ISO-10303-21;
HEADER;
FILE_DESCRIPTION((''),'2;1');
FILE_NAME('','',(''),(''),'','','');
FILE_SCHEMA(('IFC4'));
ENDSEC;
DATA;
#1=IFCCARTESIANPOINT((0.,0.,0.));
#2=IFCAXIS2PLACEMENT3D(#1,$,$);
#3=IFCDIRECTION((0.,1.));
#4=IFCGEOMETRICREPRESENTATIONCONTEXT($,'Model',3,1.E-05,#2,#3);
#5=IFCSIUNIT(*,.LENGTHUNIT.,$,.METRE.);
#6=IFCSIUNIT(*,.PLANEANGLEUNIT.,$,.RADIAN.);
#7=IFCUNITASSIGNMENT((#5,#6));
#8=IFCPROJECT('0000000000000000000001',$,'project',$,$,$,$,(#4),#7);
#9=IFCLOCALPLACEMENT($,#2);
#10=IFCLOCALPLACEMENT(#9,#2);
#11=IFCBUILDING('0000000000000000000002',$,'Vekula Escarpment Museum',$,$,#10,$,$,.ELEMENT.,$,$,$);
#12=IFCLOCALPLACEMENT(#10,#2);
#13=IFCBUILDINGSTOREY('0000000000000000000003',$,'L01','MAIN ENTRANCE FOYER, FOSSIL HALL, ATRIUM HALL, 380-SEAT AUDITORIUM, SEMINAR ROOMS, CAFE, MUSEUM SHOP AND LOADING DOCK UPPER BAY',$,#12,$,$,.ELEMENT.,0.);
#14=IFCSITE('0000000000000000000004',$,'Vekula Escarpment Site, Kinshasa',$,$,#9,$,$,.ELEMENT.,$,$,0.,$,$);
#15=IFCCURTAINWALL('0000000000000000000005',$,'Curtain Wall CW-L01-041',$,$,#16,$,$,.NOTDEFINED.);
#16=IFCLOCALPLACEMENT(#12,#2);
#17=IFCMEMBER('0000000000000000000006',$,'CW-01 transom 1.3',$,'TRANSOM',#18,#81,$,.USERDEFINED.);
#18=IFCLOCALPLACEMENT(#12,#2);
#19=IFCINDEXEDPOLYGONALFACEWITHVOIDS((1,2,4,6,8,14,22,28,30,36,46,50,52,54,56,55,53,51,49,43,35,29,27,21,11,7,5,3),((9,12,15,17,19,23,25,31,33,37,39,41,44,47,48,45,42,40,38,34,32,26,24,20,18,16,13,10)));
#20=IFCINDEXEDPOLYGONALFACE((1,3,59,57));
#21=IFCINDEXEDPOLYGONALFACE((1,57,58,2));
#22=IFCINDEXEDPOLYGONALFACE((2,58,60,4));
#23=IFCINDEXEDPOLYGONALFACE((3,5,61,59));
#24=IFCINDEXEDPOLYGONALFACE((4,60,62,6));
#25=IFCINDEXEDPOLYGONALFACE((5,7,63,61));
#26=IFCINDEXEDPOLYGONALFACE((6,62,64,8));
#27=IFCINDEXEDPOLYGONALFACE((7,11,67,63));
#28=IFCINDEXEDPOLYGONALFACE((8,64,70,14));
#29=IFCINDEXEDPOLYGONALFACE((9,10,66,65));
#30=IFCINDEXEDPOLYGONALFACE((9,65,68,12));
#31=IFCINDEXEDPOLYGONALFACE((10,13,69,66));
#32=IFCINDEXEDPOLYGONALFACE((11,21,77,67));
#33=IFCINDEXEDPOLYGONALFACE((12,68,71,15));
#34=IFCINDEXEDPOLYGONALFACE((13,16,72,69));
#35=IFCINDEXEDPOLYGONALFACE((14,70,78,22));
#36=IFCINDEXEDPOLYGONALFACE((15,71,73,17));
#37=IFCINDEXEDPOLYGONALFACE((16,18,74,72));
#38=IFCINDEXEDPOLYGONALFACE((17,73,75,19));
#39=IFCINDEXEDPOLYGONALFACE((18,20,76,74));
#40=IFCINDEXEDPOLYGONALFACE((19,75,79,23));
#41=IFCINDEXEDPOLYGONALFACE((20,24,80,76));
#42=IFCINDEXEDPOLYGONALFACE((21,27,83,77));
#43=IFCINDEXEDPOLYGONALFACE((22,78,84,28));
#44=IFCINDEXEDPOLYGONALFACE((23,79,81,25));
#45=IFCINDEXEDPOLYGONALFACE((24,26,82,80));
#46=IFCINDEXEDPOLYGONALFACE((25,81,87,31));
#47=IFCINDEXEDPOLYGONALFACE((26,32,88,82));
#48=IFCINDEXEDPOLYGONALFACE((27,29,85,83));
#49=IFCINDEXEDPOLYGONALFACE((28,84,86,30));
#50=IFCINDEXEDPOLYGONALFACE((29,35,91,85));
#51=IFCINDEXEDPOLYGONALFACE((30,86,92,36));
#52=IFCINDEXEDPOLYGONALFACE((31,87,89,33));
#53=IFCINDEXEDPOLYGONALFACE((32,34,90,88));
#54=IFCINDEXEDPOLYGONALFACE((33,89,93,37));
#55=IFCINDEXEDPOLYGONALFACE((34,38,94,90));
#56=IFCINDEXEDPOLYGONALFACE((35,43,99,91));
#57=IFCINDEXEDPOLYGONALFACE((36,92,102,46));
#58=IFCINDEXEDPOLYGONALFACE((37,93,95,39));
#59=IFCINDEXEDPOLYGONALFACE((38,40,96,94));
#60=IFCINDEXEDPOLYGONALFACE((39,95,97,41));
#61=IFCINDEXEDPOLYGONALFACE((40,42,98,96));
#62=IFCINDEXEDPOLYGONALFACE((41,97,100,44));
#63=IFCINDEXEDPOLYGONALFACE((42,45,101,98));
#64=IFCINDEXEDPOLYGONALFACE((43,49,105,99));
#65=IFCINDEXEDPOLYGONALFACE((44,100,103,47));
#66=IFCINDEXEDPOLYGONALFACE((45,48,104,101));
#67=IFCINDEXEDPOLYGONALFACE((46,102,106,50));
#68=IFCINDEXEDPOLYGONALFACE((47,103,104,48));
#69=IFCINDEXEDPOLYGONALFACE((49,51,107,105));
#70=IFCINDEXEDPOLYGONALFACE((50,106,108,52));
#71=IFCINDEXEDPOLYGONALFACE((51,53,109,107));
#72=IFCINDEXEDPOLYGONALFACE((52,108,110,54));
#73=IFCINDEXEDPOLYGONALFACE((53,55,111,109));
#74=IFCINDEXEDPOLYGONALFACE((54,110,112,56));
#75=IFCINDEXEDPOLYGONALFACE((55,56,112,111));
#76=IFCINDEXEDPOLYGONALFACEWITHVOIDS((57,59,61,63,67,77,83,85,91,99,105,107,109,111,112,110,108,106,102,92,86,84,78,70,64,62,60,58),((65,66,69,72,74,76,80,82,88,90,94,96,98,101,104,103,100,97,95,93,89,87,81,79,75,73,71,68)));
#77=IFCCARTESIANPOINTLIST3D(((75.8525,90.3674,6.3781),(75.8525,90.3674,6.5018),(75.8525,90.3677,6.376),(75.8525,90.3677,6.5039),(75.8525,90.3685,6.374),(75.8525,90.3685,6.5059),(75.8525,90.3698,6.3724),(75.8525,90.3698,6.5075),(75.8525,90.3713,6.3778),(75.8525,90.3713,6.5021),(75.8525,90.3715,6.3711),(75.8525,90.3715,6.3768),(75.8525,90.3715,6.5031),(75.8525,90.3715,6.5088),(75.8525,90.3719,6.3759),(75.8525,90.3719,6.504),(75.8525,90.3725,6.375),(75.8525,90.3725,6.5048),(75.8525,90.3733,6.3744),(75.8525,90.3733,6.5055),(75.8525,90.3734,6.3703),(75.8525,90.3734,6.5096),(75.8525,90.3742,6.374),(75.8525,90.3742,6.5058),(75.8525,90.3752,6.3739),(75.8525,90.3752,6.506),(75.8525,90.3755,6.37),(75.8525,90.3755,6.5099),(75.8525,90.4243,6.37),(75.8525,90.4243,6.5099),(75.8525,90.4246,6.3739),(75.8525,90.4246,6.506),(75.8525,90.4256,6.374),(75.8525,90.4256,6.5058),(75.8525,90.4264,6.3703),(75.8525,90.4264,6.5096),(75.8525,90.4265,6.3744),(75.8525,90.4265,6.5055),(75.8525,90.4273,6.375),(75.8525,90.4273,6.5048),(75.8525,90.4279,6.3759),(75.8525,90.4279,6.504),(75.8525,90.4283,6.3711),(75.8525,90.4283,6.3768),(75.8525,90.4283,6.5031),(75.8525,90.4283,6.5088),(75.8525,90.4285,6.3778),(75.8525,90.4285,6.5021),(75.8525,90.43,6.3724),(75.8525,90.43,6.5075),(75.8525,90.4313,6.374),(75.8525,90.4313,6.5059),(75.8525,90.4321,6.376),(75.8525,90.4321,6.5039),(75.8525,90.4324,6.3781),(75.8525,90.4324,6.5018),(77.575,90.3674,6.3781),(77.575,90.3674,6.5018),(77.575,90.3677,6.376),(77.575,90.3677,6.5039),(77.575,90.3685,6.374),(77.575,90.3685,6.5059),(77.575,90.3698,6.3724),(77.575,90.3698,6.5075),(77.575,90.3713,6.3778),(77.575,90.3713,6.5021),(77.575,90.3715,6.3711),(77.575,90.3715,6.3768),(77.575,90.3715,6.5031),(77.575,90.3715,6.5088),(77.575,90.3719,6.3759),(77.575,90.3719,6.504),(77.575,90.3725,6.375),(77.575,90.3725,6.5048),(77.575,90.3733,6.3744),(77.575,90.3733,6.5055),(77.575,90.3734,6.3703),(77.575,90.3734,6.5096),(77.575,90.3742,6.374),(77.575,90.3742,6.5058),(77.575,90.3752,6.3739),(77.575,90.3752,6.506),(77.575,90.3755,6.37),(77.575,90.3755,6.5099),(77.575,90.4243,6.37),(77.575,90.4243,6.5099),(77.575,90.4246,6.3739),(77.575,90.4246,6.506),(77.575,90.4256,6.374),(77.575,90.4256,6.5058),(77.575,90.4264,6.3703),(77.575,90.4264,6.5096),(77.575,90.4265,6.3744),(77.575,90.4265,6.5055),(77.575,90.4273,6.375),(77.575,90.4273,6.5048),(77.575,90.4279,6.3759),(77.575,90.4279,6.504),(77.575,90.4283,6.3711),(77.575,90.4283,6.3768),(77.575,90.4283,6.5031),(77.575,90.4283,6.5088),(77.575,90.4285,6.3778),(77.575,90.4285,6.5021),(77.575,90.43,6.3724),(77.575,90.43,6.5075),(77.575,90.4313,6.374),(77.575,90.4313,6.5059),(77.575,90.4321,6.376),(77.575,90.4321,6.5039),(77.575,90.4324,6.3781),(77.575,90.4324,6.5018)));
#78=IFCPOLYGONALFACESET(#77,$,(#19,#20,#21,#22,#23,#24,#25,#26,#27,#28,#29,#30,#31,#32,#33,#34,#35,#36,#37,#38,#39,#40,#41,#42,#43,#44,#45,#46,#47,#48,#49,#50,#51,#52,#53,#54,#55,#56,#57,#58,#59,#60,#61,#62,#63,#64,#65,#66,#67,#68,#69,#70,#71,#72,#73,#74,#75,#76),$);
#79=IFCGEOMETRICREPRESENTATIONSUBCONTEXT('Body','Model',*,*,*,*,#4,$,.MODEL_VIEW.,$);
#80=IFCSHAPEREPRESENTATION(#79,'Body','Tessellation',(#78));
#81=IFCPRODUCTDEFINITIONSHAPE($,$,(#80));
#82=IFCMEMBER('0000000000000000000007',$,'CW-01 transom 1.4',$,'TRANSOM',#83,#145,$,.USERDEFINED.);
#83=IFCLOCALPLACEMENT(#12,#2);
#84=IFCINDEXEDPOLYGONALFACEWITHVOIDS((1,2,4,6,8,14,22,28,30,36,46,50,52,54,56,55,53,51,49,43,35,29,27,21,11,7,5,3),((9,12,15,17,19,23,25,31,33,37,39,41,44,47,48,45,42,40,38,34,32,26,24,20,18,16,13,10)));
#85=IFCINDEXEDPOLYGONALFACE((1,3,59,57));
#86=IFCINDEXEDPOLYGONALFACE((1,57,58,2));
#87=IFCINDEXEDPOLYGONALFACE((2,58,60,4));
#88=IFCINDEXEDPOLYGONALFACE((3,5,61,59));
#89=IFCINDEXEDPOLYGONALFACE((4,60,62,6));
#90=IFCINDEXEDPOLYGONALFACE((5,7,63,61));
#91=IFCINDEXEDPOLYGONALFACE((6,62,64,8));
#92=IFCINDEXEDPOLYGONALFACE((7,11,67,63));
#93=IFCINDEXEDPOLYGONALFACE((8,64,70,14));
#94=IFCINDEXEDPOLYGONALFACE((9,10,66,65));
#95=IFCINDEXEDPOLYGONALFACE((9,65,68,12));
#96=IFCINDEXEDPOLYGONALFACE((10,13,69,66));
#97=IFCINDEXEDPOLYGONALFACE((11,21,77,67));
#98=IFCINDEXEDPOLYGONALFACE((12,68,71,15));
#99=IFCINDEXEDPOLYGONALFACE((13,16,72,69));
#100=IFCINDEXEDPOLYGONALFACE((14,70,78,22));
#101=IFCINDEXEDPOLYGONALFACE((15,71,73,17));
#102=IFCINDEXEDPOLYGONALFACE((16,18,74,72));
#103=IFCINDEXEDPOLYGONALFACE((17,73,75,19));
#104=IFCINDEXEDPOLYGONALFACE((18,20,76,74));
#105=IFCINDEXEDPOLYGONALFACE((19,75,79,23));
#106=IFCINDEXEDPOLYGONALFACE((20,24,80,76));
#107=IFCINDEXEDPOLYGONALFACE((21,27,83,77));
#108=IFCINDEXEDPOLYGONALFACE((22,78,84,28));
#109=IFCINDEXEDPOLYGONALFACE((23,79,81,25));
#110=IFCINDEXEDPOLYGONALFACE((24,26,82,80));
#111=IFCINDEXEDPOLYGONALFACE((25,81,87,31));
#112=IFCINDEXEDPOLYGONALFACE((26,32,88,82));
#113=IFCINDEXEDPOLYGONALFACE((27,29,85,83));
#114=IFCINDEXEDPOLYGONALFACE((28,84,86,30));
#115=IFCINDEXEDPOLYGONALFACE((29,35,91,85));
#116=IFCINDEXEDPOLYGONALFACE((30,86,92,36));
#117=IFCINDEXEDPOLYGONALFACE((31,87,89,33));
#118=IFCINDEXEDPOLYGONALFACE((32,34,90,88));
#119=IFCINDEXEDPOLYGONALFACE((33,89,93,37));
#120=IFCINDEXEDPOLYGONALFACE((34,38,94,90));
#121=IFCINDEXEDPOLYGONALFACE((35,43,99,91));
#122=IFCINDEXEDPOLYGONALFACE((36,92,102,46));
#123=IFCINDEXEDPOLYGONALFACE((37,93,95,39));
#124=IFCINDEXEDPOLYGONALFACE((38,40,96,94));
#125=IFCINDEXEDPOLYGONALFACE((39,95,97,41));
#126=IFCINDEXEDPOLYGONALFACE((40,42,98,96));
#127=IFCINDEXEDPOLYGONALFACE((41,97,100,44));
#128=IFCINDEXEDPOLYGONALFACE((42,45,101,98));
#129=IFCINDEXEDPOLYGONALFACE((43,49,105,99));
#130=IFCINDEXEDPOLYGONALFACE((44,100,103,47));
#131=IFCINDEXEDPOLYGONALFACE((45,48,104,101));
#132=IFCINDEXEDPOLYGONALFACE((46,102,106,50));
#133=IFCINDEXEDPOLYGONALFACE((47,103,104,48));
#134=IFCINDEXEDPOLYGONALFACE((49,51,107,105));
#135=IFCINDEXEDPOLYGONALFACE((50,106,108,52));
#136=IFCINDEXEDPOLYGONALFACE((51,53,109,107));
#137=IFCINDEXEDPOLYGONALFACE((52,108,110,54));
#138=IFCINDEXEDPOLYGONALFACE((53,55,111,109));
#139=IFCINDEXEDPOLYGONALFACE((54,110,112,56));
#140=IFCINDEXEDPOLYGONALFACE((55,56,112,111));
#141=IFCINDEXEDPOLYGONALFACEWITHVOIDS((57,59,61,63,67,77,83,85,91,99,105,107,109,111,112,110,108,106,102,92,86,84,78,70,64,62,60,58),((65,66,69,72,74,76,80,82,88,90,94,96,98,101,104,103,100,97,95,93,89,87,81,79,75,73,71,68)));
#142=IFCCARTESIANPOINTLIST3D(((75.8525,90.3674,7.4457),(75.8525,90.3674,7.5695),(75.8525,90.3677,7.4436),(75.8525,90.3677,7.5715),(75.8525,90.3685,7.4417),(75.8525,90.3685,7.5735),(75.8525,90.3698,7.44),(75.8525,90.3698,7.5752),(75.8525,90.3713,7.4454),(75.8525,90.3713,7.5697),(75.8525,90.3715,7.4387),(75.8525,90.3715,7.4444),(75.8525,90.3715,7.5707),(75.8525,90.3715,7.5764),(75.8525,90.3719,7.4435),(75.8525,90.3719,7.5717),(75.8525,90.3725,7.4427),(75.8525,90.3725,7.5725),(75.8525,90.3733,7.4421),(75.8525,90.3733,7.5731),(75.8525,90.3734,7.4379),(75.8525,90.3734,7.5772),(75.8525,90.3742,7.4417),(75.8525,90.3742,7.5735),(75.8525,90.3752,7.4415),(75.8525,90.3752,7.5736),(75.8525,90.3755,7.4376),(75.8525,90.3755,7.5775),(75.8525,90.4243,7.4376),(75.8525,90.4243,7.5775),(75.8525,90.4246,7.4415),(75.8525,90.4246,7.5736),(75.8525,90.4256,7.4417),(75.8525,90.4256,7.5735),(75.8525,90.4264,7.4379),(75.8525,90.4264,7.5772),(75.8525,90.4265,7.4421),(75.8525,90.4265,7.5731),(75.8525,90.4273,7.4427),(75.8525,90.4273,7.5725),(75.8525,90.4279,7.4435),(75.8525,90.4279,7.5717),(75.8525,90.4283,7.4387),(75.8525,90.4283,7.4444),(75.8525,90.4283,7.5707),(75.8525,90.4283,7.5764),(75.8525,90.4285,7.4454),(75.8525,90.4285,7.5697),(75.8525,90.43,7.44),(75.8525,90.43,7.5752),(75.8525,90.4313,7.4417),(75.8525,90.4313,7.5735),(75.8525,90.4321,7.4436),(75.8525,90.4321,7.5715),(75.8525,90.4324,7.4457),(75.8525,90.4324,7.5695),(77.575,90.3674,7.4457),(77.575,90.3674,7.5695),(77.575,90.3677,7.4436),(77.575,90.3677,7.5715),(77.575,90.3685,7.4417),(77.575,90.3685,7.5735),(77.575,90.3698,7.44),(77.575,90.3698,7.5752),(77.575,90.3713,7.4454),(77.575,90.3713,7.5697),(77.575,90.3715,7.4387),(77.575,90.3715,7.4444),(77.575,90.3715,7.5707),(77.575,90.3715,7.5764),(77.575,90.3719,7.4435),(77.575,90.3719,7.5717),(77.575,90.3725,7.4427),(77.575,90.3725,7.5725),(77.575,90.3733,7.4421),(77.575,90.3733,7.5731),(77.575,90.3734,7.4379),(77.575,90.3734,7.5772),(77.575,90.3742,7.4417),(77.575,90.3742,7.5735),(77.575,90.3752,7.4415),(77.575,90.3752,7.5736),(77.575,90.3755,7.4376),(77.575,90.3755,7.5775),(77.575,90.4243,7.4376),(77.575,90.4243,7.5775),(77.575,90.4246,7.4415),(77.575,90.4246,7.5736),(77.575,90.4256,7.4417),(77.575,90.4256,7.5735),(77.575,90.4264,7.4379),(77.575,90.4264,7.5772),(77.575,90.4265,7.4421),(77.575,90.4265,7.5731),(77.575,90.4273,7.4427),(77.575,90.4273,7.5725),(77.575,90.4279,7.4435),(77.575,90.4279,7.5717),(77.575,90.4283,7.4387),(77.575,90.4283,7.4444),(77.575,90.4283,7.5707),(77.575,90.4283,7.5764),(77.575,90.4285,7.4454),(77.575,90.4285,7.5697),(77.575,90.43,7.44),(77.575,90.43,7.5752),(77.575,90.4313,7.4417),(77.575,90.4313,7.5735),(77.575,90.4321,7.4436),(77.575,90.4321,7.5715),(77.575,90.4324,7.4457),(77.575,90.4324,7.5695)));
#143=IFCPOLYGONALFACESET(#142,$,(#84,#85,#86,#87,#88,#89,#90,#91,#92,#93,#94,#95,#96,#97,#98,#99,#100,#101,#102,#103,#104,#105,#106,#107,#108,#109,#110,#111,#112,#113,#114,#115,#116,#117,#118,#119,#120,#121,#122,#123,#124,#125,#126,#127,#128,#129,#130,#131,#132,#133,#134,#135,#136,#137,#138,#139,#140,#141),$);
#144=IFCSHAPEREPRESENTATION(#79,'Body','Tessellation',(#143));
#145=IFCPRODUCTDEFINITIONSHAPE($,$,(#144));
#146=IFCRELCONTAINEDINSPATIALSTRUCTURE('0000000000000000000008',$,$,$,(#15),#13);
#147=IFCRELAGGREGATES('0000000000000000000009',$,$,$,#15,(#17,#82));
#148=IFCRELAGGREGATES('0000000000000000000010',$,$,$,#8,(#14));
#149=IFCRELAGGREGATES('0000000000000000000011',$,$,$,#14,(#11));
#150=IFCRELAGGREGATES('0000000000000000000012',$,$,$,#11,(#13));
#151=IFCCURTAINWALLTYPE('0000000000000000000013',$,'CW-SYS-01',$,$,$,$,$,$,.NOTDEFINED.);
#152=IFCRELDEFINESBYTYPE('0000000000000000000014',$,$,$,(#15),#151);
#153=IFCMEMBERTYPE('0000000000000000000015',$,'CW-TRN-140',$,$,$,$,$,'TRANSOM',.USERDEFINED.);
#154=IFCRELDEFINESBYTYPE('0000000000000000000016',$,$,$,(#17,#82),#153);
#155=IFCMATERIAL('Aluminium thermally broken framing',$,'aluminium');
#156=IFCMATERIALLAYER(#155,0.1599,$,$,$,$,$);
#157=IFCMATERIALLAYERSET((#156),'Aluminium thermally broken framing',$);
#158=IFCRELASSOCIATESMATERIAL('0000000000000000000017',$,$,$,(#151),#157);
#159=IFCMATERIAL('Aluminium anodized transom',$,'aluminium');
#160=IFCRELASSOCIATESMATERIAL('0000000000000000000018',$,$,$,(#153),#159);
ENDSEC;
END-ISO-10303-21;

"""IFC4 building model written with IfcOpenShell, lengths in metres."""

from ifc_helpers import new_model, si_unit, direction, frame, origin, origin_2d, place, context, subcontext, project, spatial, hollow_rectangle, extrude, material, layer, layer_set, material_profile, profile_set, type_object, element, aggregate, save


model = new_model("IFC4")

# Units and contexts
model_context = context("Model", 3, precision=1e-05, world=origin(), true_north=direction((0.0, 1.0)))
body_context = subcontext(model_context, "Body", "Model", "MODEL_VIEW")
ifc_project = project(units=[si_unit("LENGTHUNIT", "METRE"), si_unit("PLANEANGLEUNIT", "RADIAN")], contexts=[model_context])

# Site, building, storey
site_placement = place(None, origin())
site = spatial("IfcSite", under=ifc_project, at=site_placement, Name="Vekula Escarpment Site, Kinshasa", CompositionType="ELEMENT", RefElevation=0.0)
building_placement = place(site_placement, origin())
building = spatial("IfcBuilding", under=site, at=building_placement, Name="Vekula Escarpment Museum", CompositionType="ELEMENT")
storey_placement = place(building_placement, origin())
storey = spatial("IfcBuildingStorey", under=building, at=storey_placement, Name="L01", Description="MAIN ENTRANCE FOYER, FOSSIL HALL, ATRIUM HALL, 380-SEAT AUDITORIUM, SEMINAR ROOMS, CAFE, MUSEUM SHOP AND LOADING DOCK UPPER BAY", CompositionType="ELEMENT", Elevation=0.0)

# Curtain wall, members
ifc_material_1 = material(Name="Aluminium thermally broken framing", Category="aluminium")
ifc_layer_1 = layer(ifc_material_1, 0.1599)
ifc_layer_set_1 = layer_set([ifc_layer_1], Name="Aluminium thermally broken framing")
curtain_wall_type = type_object("IfcCurtainWallType", Name="CW-SYS-01", PredefinedType="NOTDEFINED", material=ifc_layer_set_1)
curtain_wall_placement = place(storey_placement, origin())
curtain_wall = element("IfcCurtainWall", 1, at=curtain_wall_placement, inside=storey, type_object=curtain_wall_type, Name="Curtain Wall CW-L01-041", PredefinedType="NOTDEFINED")
ifc_material_2 = material(Name="Aluminium anodized transom", Category="aluminium")
ifc_material_profile_1 = material_profile(ifc_material_2, hollow_rectangle(XDim=0.0649, YDim=0.1399, WallThickness=0.0039, InnerFilletRadius=0.0039, OuterFilletRadius=0.0081, at=origin_2d()), Name="ALU 140x65x4")
ifc_profile_set_1 = profile_set([ifc_material_profile_1], Name="Aluminium anodized transom")
member_type_1 = type_object("IfcMemberType", Name="CW-TRN-140", ElementType="TRANSOM", PredefinedType="USERDEFINED", material=ifc_profile_set_1)
member_1_placement = place(storey_placement, frame((77.575, 90.3999, 6.4399), z_axis=(-1.0, 0.0, 0.0), x_axis=(0.0, -1.0, 0.0)))
member_1 = element("IfcMember", 2, at=member_1_placement, type_object=member_type_1, Name="CW-01 transom 1.3", ObjectType="TRANSOM", PredefinedType="USERDEFINED", context=body_context, shape_type="SweptSolid", body=[
    extrude(hollow_rectangle(XDim=0.0649, YDim=0.1399, WallThickness=0.0039, InnerFilletRadius=0.0039, OuterFilletRadius=0.0081, at=origin_2d()), origin(), (0.0, 0.0, 1.0), 1.7224),
])
member_2_placement = place(storey_placement, frame((77.575, 90.3999, 7.5076), z_axis=(-1.0, 0.0, 0.0), x_axis=(0.0, -1.0, 0.0)))
member_2 = element("IfcMember", 3, at=member_2_placement, type_object=member_type_1, Name="CW-01 transom 1.4", ObjectType="TRANSOM", PredefinedType="USERDEFINED", context=body_context, shape_type="SweptSolid", body=[
    extrude(hollow_rectangle(XDim=0.0649, YDim=0.1399, WallThickness=0.0039, InnerFilletRadius=0.0039, OuterFilletRadius=0.0081, at=origin_2d()), origin(), (0.0, 0.0, 1.0), 1.7224),
])

aggregate(curtain_wall, [member_1, member_2])

save(model, "model.ifc")
